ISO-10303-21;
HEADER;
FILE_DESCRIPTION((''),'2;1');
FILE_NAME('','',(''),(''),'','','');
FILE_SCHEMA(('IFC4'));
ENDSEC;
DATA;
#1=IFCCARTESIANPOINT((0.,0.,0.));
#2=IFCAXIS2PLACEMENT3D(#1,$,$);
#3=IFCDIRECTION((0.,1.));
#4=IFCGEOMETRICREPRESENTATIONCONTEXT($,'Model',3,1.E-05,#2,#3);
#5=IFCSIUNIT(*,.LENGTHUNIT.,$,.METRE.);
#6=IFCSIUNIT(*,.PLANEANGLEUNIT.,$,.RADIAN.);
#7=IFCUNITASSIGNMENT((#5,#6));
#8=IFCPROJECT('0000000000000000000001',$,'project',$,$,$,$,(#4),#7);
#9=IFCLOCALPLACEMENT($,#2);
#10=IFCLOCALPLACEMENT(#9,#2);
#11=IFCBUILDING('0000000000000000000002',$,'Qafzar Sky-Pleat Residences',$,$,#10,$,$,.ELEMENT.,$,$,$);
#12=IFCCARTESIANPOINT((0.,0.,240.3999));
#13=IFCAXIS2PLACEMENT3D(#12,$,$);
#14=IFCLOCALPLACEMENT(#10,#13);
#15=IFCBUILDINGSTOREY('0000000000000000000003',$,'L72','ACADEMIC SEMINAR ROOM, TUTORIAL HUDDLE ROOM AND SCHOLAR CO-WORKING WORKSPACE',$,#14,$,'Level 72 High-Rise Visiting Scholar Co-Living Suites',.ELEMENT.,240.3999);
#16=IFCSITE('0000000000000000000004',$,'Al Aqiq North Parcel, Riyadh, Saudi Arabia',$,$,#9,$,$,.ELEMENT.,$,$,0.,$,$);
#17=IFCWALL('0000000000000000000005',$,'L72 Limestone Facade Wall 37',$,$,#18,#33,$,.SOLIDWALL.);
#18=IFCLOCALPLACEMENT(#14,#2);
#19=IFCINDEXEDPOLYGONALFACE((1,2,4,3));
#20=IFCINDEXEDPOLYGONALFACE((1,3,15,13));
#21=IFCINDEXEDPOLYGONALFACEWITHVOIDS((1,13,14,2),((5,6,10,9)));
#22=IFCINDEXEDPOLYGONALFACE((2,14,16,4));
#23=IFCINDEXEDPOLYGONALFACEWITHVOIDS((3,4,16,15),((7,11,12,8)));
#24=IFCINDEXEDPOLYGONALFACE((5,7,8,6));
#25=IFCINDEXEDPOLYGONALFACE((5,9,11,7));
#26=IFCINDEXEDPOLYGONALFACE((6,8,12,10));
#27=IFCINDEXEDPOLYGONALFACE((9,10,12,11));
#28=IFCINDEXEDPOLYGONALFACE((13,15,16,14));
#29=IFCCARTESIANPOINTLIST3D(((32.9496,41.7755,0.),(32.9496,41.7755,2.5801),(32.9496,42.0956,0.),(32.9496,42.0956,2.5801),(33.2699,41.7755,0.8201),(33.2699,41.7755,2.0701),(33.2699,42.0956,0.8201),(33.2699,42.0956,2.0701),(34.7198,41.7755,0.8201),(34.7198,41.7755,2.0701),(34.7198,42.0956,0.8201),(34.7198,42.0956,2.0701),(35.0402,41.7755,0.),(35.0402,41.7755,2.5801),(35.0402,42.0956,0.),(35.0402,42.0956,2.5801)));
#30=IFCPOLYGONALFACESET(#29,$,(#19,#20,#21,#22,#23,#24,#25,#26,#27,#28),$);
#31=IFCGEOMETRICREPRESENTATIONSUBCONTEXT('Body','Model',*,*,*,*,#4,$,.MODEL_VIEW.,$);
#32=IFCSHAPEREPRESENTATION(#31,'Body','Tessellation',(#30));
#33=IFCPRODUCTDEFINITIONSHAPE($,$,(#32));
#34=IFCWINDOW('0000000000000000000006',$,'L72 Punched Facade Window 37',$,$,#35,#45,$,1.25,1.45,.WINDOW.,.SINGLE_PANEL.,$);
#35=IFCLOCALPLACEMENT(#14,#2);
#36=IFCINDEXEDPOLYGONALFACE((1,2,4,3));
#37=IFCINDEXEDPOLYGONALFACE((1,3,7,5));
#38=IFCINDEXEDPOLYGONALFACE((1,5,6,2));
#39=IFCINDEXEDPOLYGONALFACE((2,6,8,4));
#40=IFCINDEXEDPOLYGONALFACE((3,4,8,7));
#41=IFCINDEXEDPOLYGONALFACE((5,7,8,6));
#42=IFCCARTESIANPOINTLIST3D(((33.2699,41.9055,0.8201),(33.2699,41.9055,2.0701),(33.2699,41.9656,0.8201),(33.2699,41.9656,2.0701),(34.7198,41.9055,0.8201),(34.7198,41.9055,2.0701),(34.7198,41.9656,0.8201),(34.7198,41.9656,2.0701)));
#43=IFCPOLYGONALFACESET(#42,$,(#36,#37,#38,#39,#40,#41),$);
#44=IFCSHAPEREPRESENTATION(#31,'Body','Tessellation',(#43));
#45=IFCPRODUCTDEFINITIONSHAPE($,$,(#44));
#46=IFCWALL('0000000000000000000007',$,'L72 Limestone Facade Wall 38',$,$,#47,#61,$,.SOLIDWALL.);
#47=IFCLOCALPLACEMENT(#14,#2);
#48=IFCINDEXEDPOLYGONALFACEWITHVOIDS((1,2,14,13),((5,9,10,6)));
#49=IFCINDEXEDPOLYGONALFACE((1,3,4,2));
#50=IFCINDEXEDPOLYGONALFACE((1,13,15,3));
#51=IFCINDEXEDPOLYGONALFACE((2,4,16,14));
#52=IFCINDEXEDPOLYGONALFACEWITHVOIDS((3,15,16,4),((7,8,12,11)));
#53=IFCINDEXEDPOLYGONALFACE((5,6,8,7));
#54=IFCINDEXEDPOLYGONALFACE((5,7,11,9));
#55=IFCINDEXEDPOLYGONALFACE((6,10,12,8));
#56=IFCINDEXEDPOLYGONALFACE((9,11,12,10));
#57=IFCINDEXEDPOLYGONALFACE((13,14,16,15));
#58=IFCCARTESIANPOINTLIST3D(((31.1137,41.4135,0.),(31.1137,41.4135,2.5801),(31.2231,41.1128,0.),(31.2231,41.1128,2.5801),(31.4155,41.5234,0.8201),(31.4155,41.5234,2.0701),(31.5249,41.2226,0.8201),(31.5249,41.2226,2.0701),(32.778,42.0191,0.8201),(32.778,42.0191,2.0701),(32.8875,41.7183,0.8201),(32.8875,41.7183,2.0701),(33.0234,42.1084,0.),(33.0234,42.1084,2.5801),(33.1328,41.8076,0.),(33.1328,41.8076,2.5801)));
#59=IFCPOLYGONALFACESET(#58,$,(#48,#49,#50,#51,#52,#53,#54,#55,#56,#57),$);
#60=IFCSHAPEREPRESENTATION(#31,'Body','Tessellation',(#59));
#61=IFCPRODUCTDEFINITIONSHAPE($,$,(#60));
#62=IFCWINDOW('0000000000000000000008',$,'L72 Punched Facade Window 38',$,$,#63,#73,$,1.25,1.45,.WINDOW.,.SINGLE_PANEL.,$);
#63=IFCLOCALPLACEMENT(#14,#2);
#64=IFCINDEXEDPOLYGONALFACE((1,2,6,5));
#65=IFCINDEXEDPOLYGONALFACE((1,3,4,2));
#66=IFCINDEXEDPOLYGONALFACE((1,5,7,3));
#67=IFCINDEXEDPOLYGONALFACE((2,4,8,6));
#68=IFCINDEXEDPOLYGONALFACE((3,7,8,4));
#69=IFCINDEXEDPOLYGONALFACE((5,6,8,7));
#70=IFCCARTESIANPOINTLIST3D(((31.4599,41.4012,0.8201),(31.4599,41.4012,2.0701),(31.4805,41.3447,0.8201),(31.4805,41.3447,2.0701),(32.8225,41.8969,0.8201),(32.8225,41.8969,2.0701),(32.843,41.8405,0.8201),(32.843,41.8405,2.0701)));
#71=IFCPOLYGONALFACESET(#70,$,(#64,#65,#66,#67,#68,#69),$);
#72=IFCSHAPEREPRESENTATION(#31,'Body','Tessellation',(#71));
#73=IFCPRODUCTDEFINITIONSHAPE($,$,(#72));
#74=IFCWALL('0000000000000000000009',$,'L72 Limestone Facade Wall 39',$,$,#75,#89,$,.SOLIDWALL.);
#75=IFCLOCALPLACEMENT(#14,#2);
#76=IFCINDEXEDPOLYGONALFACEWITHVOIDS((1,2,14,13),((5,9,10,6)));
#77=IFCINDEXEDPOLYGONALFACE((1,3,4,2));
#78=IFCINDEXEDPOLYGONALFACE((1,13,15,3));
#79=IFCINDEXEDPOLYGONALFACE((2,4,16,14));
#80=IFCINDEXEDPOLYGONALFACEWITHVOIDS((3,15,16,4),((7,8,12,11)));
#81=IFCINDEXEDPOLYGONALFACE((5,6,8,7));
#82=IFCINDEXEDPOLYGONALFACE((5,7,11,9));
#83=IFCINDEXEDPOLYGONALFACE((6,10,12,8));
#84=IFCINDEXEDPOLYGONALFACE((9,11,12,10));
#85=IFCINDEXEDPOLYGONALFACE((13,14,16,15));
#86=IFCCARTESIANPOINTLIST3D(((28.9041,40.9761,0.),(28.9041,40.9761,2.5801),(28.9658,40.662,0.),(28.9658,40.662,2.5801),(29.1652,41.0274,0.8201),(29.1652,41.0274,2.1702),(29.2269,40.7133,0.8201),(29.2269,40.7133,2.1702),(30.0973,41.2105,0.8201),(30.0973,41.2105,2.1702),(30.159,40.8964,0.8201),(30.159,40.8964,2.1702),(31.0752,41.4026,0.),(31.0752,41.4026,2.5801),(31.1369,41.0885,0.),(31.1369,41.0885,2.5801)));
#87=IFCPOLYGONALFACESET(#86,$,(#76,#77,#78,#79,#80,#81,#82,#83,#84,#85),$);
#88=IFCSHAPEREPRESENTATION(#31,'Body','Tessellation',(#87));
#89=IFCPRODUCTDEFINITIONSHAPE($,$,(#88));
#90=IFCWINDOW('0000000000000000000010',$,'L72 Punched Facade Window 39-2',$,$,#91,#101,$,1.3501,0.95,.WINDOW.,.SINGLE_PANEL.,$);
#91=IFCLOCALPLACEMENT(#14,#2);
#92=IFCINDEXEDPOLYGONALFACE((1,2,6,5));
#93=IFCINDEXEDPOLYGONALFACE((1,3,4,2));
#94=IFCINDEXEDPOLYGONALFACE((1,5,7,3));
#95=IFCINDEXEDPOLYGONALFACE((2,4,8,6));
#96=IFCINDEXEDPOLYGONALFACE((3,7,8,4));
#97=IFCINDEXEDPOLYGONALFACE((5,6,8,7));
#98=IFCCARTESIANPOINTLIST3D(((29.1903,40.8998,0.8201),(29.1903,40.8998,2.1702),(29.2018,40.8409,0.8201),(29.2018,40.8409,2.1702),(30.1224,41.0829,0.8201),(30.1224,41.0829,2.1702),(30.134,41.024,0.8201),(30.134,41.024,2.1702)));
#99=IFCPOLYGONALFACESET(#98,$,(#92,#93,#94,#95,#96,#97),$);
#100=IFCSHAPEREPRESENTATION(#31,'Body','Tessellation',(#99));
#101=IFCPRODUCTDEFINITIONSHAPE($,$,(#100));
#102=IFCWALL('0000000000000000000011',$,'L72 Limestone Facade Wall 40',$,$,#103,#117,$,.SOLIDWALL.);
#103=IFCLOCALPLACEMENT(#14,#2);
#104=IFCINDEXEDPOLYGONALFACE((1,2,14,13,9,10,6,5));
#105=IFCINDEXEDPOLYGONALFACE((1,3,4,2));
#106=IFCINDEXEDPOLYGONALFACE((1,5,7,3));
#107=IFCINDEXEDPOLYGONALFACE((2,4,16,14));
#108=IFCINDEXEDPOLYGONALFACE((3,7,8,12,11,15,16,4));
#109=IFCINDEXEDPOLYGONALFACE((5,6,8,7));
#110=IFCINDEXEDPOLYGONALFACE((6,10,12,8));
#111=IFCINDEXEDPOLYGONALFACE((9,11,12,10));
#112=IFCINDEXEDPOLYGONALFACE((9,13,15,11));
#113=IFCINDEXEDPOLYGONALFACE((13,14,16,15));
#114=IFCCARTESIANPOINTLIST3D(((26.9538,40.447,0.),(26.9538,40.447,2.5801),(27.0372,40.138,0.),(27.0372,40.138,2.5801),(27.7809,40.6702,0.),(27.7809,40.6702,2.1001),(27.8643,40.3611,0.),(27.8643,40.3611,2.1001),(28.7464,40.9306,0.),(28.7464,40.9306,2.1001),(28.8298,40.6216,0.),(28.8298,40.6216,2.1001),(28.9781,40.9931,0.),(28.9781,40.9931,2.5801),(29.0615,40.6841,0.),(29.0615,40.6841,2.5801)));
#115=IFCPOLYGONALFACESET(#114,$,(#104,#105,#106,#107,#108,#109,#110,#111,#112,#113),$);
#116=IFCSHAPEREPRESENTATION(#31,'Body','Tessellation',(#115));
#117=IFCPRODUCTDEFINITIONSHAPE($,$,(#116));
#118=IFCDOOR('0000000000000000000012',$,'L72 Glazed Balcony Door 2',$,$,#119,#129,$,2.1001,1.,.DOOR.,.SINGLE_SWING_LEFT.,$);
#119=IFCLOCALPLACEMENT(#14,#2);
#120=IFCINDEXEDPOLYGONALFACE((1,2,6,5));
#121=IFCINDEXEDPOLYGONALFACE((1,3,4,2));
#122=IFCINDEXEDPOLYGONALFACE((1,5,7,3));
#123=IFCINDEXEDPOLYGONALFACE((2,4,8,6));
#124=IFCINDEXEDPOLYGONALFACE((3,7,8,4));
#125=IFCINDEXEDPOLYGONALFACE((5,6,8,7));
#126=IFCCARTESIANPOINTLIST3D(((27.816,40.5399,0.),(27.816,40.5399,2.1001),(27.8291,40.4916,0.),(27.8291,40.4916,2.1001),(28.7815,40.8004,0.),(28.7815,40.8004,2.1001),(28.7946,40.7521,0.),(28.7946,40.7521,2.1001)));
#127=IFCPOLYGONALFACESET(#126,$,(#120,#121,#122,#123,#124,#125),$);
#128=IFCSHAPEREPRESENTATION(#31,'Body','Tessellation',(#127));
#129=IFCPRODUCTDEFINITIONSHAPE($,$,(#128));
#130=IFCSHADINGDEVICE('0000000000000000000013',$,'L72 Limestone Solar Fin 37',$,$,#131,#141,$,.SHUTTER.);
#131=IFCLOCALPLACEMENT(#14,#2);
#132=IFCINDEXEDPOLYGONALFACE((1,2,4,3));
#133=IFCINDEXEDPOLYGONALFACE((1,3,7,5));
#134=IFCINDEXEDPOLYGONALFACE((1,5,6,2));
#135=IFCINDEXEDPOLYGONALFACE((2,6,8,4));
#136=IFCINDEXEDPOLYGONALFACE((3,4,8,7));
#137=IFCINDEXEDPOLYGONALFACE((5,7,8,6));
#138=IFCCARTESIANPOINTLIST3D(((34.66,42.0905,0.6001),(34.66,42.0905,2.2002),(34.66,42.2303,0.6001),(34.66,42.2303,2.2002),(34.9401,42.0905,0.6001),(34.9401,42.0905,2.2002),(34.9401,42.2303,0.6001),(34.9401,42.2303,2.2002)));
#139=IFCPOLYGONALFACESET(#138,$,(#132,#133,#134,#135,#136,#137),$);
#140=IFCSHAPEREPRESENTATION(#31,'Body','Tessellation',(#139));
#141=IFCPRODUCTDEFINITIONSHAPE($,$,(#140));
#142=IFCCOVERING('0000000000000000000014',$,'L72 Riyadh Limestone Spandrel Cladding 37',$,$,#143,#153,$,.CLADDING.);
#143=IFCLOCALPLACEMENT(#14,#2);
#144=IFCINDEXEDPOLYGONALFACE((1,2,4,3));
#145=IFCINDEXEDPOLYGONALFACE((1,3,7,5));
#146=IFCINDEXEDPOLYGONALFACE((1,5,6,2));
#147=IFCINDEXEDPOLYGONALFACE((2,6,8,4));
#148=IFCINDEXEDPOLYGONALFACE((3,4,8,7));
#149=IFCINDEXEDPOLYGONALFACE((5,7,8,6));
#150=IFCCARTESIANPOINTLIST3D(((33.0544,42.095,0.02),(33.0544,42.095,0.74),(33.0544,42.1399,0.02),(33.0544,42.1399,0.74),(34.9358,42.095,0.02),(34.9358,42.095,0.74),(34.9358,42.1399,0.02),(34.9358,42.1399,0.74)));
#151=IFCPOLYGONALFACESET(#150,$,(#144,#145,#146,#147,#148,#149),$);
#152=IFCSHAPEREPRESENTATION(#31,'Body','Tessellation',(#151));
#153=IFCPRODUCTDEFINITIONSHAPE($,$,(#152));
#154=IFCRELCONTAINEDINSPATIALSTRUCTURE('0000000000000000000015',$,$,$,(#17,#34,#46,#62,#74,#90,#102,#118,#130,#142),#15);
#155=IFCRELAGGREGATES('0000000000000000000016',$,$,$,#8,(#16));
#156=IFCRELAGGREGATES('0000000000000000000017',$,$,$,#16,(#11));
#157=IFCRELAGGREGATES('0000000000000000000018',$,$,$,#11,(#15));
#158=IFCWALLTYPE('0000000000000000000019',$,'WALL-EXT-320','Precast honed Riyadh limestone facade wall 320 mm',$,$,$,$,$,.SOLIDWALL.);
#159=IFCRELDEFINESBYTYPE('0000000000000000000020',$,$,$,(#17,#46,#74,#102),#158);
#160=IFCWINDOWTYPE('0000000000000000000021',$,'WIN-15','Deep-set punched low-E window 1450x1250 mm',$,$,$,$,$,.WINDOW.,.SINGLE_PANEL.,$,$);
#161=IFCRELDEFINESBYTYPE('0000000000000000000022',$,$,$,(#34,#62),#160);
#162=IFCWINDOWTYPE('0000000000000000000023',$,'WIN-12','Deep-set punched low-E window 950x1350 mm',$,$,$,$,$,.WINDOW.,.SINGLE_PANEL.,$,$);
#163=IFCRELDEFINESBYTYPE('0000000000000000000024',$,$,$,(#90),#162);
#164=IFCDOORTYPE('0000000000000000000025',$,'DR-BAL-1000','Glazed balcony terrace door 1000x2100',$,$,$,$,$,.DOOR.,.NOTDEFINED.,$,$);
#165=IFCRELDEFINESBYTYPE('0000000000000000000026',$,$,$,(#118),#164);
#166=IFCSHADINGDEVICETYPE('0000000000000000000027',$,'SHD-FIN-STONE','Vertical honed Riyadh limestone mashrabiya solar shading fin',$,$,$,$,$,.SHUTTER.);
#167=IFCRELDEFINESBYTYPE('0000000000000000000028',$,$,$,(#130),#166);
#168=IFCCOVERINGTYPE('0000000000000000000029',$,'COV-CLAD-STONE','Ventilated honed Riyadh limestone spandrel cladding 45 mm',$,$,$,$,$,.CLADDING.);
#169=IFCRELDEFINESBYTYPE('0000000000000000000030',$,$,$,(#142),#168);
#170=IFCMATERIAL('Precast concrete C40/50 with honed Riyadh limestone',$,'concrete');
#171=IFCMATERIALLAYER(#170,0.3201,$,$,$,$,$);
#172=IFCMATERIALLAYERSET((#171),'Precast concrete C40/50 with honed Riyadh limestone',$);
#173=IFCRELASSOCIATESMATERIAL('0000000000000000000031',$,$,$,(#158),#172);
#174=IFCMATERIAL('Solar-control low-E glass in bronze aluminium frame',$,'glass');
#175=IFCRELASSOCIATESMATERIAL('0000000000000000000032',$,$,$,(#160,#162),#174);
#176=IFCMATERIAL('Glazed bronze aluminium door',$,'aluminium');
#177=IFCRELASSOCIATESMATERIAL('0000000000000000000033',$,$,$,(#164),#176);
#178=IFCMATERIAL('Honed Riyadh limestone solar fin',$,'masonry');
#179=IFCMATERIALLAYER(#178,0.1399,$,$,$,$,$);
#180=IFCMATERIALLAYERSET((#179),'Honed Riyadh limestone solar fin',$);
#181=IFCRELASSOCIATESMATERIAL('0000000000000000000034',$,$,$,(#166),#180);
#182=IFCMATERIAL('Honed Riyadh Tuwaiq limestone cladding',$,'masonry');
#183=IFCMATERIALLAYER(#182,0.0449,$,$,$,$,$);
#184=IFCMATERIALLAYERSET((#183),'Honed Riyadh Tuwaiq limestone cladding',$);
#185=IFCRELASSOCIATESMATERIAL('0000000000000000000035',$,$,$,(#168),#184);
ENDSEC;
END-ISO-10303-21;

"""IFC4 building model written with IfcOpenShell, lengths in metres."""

from ifc_helpers import new_model, si_unit, direction, frame, frame_2d, origin, origin_2d, place, context, subcontext, project, spatial, rectangle, extrude, source, transform, mapped, material, layer, layer_set, type_object, element, fill, save


model = new_model("IFC4")

# Units and contexts
model_context = context("Model", 3, precision=1e-05, world=origin(), true_north=direction((0.0, 1.0)))
body_context = subcontext(model_context, "Body", "Model", "MODEL_VIEW")
ifc_project = project(units=[si_unit("LENGTHUNIT", "METRE"), si_unit("PLANEANGLEUNIT", "RADIAN")], contexts=[model_context])

# Site, building, storey
site_placement = place(None, origin())
site = spatial("IfcSite", under=ifc_project, at=site_placement, Name="Al Aqiq North Parcel, Riyadh, Saudi Arabia", CompositionType="ELEMENT", RefElevation=0.0)
building_placement = place(site_placement, origin())
building = spatial("IfcBuilding", under=site, at=building_placement, Name="Qafzar Sky-Pleat Residences", CompositionType="ELEMENT")
storey_placement = place(building_placement, frame((0.0, 0.0, 240.3999)))
storey = spatial("IfcBuildingStorey", under=building, at=storey_placement, Name="L72", Description="ACADEMIC SEMINAR ROOM, TUTORIAL HUDDLE ROOM AND SCHOLAR CO-WORKING WORKSPACE", LongName="Level 72 High-Rise Visiting Scholar Co-Living Suites", CompositionType="ELEMENT", Elevation=240.3999)

# Walls, openings, windows
ifc_material_1 = material(Name="Precast concrete C40/50 with honed Riyadh limestone", Category="concrete")
ifc_layer_1 = layer(ifc_material_1, 0.3201)
ifc_layer_set_1 = layer_set([ifc_layer_1], Name="Precast concrete C40/50 with honed Riyadh limestone")
wall_type_1 = type_object("IfcWallType", Name="WALL-EXT-320", Description="Precast honed Riyadh limestone facade wall 320 mm", PredefinedType="SOLIDWALL", material=ifc_layer_set_1)
wall_1_placement = place(storey_placement, frame((35.0403, 41.9355, 0.0), z_axis=(0.0, 0.0, 1.0), x_axis=(-1.0, 0.0, 0.0)))
wall_1 = element("IfcWall", 1, at=wall_1_placement, inside=storey, type_object=wall_type_1, Name="L72 Limestone Facade Wall 37", PredefinedType="SOLIDWALL", context=body_context, shape_type="SweptSolid", body=[
    extrude(rectangle(XDim=2.0906, YDim=0.3201, at=frame_2d((1.0454, 0.0))), origin(), (0.0, 0.0, 1.0), 2.5801),
])
opening_1_placement = place(wall_1_placement, frame((0.3203, 0.0, 0.8201)))
opening_1 = element("IfcOpeningElement", 2, at=opening_1_placement, cuts=wall_1, PredefinedType="OPENING", context=body_context, shape_type="SweptSolid", body=[
    extrude(rectangle(XDim=1.45, YDim=1.25, at=frame_2d((0.7251, 0.625))), frame((0.0, 0.1699, 0.0), z_axis=(0.0, -1.0, 0.0), x_axis=(1.0, 0.0, 0.0)), (0.0, 0.0, 1.0), 0.3401),
])
ifc_material_2 = material(Name="Solar-control low-E glass in bronze aluminium frame", Category="glass")
window_type_1 = type_object("IfcWindowType", Name="WIN-15", Description="Deep-set punched low-E window 1450x1250 mm", PartitioningType="SINGLE_PANEL", PredefinedType="WINDOW", material=ifc_material_2)
shared_shape_1 = source(origin(), body_context, "Body", "SweptSolid", [
    extrude(rectangle(XDim=1.45, YDim=1.25, at=frame_2d((0.7251, 0.625))), frame((0.0, 0.03, 0.0), z_axis=(0.0, -1.0, 0.0), x_axis=(1.0, 0.0, 0.0)), (0.0, 0.0, 1.0), 0.0601),
])
window_1_placement = place(opening_1_placement, origin())
window_1 = element("IfcWindow", 3, at=window_1_placement, inside=storey, type_object=window_type_1, Name="L72 Punched Facade Window 37", OverallHeight=1.25, OverallWidth=1.45, PartitioningType="SINGLE_PANEL", PredefinedType="WINDOW", context=body_context, shape_type="MappedRepresentation", body=[
    mapped(shared_shape_1, transform((0.0, 0.0, 0.0), x_axis=(1.0, 0.0, 0.0), y_axis=(0.0, 1.0, 0.0), z_axis=(0.0, 0.0, 1.0), scale=1.0)),
])
fill(opening_1, window_1)
wall_2_placement = place(storey_placement, frame((33.0781, 41.958, 0.0), z_axis=(0.0, 0.0, 1.0), x_axis=(-0.93973, -0.341917, 0.0)))
wall_2 = element("IfcWall", 4, at=wall_2_placement, inside=storey, type_object=wall_type_1, Name="L72 Limestone Facade Wall 38", PredefinedType="SOLIDWALL", context=body_context, shape_type="SweptSolid", body=[
    extrude(rectangle(XDim=2.0322, YDim=0.3201, at=frame_2d((1.0161, 0.0))), origin(), (0.0, 0.0, 1.0), 2.5801),
])
opening_2_placement = place(wall_2_placement, frame((0.261, 0.0, 0.8201)))
opening_2 = element("IfcOpeningElement", 5, at=opening_2_placement, cuts=wall_2, PredefinedType="OPENING", context=body_context, shape_type="SweptSolid", body=[
    extrude(rectangle(XDim=1.45, YDim=1.25, at=frame_2d((0.7251, 0.625))), frame((0.0, 0.1699, 0.0), z_axis=(0.0, -1.0, 0.0), x_axis=(1.0, 0.0, 0.0)), (0.0, 0.0, 1.0), 0.3401),
])
window_2_placement = place(opening_2_placement, origin())
window_2 = element("IfcWindow", 6, at=window_2_placement, inside=storey, type_object=window_type_1, Name="L72 Punched Facade Window 38", OverallHeight=1.25, OverallWidth=1.45, PartitioningType="SINGLE_PANEL", PredefinedType="WINDOW", context=body_context, shape_type="MappedRepresentation", body=[
    mapped(shared_shape_1, transform((0.0, 0.0, 0.0), x_axis=(1.0, 0.0, 0.0), y_axis=(0.0, 1.0, 0.0), z_axis=(0.0, 0.0, 1.0), scale=1.0)),
])
fill(opening_2, window_2)
wall_3_placement = place(storey_placement, frame((31.1062, 41.2456, 0.0), z_axis=(0.0, 0.0, 1.0), x_axis=(-0.981245, -0.192762, 0.0)))
wall_3 = element("IfcWall", 7, at=wall_3_placement, inside=storey, type_object=wall_type_1, Name="L72 Limestone Facade Wall 39", PredefinedType="SOLIDWALL", context=body_context, shape_type="SweptSolid", body=[
    extrude(rectangle(XDim=2.2126, YDim=0.3201, at=frame_2d((1.1064, 0.0))), origin(), (0.0, 0.0, 1.0), 2.5801),
])
opening_3_placement = place(wall_3_placement, frame((0.9966, 0.0, 0.8201)))
opening_3 = element("IfcOpeningElement", 8, at=opening_3_placement, cuts=wall_3, PredefinedType="OPENING", context=body_context, shape_type="SweptSolid", body=[
    extrude(rectangle(XDim=0.95, YDim=1.3501, at=frame_2d((0.4751, 0.675))), frame((0.0, 0.1699, 0.0), z_axis=(0.0, -1.0, 0.0), x_axis=(1.0, 0.0, 0.0)), (0.0, 0.0, 1.0), 0.3401),
])
window_type_2 = type_object("IfcWindowType", Name="WIN-12", Description="Deep-set punched low-E window 950x1350 mm", PartitioningType="SINGLE_PANEL", PredefinedType="WINDOW", material=ifc_material_2)
shared_shape_2 = source(origin(), body_context, "Body", "SweptSolid", [
    extrude(rectangle(XDim=0.95, YDim=1.3501, at=frame_2d((0.4751, 0.675))), frame((0.0, 0.03, 0.0), z_axis=(0.0, -1.0, 0.0), x_axis=(1.0, 0.0, 0.0)), (0.0, 0.0, 1.0), 0.0601),
])
window_3_placement = place(opening_3_placement, origin())
window_3 = element("IfcWindow", 9, at=window_3_placement, inside=storey, type_object=window_type_2, Name="L72 Punched Facade Window 39-2", OverallHeight=1.3501, OverallWidth=0.95, PartitioningType="SINGLE_PANEL", PredefinedType="WINDOW", context=body_context, shape_type="MappedRepresentation", body=[
    mapped(shared_shape_2, transform((0.0, 0.0, 0.0), x_axis=(1.0, 0.0, 0.0), y_axis=(0.0, 1.0, 0.0), z_axis=(0.0, 0.0, 1.0), scale=1.0)),
])
fill(opening_3, window_3)

# Wall, opening, door
wall_4_placement = place(storey_placement, frame((29.0198, 40.8386, 0.0), z_axis=(0.0, 0.0, 1.0), x_axis=(-0.965483, -0.260466, 0.0)))
wall_4 = element("IfcWall", 10, at=wall_4_placement, inside=storey, type_object=wall_type_1, Name="L72 Limestone Facade Wall 40", PredefinedType="SOLIDWALL", context=body_context, shape_type="SweptSolid", body=[
    extrude(rectangle(XDim=2.0967, YDim=0.3201, at=frame_2d((1.0483, 0.0))), origin(), (0.0, 0.0, 1.0), 2.5801),
])
opening_4_placement = place(wall_4_placement, frame((0.24, 0.0, 0.0)))
opening_4 = element("IfcOpeningElement", 11, at=opening_4_placement, cuts=wall_4, PredefinedType="OPENING", context=body_context, shape_type="SweptSolid", body=[
    extrude(rectangle(XDim=1.0, YDim=2.1001, at=frame_2d((0.5, 1.05))), frame((0.0, 0.1699, 0.0), z_axis=(0.0, -1.0, 0.0), x_axis=(1.0, 0.0, 0.0)), (0.0, 0.0, 1.0), 0.3401),
])
ifc_material_3 = material(Name="Glazed bronze aluminium door", Category="aluminium")
door_type_1 = type_object("IfcDoorType", Name="DR-BAL-1000", Description="Glazed balcony terrace door 1000x2100", OperationType="NOTDEFINED", PredefinedType="DOOR", material=ifc_material_3)
shared_shape_3 = source(origin(), body_context, "Body", "SweptSolid", [
    extrude(rectangle(XDim=1.0, YDim=2.1001, at=frame_2d((0.5, 1.05))), frame((0.0, 0.0249, 0.0), z_axis=(0.0, -1.0, 0.0), x_axis=(1.0, 0.0, 0.0)), (0.0, 0.0, 1.0), 0.05),
])
door_1_placement = place(opening_4_placement, origin())
door_1 = element("IfcDoor", 12, at=door_1_placement, inside=storey, type_object=door_type_1, Name="L72 Glazed Balcony Door 2", OperationType="SINGLE_SWING_LEFT", OverallHeight=2.1001, OverallWidth=1.0, PredefinedType="DOOR", context=body_context, shape_type="MappedRepresentation", body=[
    mapped(shared_shape_3, transform((0.0, 0.0, 0.0), x_axis=(1.0, 0.0, 0.0), y_axis=(0.0, 1.0, 0.0), z_axis=(0.0, 0.0, 1.0), scale=1.0)),
])
fill(opening_4, door_1)

# Shading device
ifc_material_4 = material(Name="Honed Riyadh limestone solar fin", Category="masonry")
ifc_layer_2 = layer(ifc_material_4, 0.1399)
ifc_layer_set_2 = layer_set([ifc_layer_2], Name="Honed Riyadh limestone solar fin")
shading_device_type = type_object("IfcShadingDeviceType", Name="SHD-FIN-STONE", Description="Vertical honed Riyadh limestone mashrabiya solar shading fin", PredefinedType="SHUTTER", material=ifc_layer_set_2)
shared_shape_4 = source(origin(), body_context, "Body", "SweptSolid", [
    extrude(rectangle(XDim=0.1399, YDim=0.28, at=origin_2d()), origin(), (0.0, 0.0, 1.0), 1.6001),
])
shading_device_placement = place(storey_placement, frame((34.8, 42.1604, 0.6001), z_axis=(0.0, 0.0, 1.0), x_axis=(0.0, 1.0, 0.0)))
element("IfcShadingDevice", 13, at=shading_device_placement, inside=storey, type_object=shading_device_type, Name="L72 Limestone Solar Fin 37", PredefinedType="SHUTTER", context=body_context, shape_type="MappedRepresentation", body=[
    mapped(shared_shape_4, transform((0.0, 0.0, 0.0), x_axis=(1.0, 0.0, 0.0), y_axis=(0.0, 1.0, 0.0), z_axis=(0.0, 0.0, 1.0), scale=1.0)),
])

# Covering
ifc_material_5 = material(Name="Honed Riyadh Tuwaiq limestone cladding", Category="masonry")
ifc_layer_3 = layer(ifc_material_5, 0.0449)
ifc_layer_set_3 = layer_set([ifc_layer_3], Name="Honed Riyadh Tuwaiq limestone cladding")
covering_type = type_object("IfcCoveringType", Name="COV-CLAD-STONE", Description="Ventilated honed Riyadh limestone spandrel cladding 45 mm", PredefinedType="CLADDING", material=ifc_layer_set_3)
shared_shape_5 = source(origin(), body_context, "Body", "SweptSolid", [
    extrude(rectangle(XDim=1.8813, YDim=0.0449, at=origin_2d()), origin(), (0.0, 0.0, 1.0), 0.72),
])
covering_placement = place(storey_placement, frame((33.9951, 42.1174, 0.02), z_axis=(0.0, 0.0, 1.0), x_axis=(-1.0, 0.0, 0.0)))
element("IfcCovering", 14, at=covering_placement, inside=storey, type_object=covering_type, Name="L72 Riyadh Limestone Spandrel Cladding 37", PredefinedType="CLADDING", context=body_context, shape_type="MappedRepresentation", body=[
    mapped(shared_shape_5, transform((0.0, 0.0, 0.0), x_axis=(1.0, 0.0, 0.0), y_axis=(0.0, 1.0, 0.0), z_axis=(0.0, 0.0, 1.0), scale=1.0)),
])

save(model, "model.ifc")
